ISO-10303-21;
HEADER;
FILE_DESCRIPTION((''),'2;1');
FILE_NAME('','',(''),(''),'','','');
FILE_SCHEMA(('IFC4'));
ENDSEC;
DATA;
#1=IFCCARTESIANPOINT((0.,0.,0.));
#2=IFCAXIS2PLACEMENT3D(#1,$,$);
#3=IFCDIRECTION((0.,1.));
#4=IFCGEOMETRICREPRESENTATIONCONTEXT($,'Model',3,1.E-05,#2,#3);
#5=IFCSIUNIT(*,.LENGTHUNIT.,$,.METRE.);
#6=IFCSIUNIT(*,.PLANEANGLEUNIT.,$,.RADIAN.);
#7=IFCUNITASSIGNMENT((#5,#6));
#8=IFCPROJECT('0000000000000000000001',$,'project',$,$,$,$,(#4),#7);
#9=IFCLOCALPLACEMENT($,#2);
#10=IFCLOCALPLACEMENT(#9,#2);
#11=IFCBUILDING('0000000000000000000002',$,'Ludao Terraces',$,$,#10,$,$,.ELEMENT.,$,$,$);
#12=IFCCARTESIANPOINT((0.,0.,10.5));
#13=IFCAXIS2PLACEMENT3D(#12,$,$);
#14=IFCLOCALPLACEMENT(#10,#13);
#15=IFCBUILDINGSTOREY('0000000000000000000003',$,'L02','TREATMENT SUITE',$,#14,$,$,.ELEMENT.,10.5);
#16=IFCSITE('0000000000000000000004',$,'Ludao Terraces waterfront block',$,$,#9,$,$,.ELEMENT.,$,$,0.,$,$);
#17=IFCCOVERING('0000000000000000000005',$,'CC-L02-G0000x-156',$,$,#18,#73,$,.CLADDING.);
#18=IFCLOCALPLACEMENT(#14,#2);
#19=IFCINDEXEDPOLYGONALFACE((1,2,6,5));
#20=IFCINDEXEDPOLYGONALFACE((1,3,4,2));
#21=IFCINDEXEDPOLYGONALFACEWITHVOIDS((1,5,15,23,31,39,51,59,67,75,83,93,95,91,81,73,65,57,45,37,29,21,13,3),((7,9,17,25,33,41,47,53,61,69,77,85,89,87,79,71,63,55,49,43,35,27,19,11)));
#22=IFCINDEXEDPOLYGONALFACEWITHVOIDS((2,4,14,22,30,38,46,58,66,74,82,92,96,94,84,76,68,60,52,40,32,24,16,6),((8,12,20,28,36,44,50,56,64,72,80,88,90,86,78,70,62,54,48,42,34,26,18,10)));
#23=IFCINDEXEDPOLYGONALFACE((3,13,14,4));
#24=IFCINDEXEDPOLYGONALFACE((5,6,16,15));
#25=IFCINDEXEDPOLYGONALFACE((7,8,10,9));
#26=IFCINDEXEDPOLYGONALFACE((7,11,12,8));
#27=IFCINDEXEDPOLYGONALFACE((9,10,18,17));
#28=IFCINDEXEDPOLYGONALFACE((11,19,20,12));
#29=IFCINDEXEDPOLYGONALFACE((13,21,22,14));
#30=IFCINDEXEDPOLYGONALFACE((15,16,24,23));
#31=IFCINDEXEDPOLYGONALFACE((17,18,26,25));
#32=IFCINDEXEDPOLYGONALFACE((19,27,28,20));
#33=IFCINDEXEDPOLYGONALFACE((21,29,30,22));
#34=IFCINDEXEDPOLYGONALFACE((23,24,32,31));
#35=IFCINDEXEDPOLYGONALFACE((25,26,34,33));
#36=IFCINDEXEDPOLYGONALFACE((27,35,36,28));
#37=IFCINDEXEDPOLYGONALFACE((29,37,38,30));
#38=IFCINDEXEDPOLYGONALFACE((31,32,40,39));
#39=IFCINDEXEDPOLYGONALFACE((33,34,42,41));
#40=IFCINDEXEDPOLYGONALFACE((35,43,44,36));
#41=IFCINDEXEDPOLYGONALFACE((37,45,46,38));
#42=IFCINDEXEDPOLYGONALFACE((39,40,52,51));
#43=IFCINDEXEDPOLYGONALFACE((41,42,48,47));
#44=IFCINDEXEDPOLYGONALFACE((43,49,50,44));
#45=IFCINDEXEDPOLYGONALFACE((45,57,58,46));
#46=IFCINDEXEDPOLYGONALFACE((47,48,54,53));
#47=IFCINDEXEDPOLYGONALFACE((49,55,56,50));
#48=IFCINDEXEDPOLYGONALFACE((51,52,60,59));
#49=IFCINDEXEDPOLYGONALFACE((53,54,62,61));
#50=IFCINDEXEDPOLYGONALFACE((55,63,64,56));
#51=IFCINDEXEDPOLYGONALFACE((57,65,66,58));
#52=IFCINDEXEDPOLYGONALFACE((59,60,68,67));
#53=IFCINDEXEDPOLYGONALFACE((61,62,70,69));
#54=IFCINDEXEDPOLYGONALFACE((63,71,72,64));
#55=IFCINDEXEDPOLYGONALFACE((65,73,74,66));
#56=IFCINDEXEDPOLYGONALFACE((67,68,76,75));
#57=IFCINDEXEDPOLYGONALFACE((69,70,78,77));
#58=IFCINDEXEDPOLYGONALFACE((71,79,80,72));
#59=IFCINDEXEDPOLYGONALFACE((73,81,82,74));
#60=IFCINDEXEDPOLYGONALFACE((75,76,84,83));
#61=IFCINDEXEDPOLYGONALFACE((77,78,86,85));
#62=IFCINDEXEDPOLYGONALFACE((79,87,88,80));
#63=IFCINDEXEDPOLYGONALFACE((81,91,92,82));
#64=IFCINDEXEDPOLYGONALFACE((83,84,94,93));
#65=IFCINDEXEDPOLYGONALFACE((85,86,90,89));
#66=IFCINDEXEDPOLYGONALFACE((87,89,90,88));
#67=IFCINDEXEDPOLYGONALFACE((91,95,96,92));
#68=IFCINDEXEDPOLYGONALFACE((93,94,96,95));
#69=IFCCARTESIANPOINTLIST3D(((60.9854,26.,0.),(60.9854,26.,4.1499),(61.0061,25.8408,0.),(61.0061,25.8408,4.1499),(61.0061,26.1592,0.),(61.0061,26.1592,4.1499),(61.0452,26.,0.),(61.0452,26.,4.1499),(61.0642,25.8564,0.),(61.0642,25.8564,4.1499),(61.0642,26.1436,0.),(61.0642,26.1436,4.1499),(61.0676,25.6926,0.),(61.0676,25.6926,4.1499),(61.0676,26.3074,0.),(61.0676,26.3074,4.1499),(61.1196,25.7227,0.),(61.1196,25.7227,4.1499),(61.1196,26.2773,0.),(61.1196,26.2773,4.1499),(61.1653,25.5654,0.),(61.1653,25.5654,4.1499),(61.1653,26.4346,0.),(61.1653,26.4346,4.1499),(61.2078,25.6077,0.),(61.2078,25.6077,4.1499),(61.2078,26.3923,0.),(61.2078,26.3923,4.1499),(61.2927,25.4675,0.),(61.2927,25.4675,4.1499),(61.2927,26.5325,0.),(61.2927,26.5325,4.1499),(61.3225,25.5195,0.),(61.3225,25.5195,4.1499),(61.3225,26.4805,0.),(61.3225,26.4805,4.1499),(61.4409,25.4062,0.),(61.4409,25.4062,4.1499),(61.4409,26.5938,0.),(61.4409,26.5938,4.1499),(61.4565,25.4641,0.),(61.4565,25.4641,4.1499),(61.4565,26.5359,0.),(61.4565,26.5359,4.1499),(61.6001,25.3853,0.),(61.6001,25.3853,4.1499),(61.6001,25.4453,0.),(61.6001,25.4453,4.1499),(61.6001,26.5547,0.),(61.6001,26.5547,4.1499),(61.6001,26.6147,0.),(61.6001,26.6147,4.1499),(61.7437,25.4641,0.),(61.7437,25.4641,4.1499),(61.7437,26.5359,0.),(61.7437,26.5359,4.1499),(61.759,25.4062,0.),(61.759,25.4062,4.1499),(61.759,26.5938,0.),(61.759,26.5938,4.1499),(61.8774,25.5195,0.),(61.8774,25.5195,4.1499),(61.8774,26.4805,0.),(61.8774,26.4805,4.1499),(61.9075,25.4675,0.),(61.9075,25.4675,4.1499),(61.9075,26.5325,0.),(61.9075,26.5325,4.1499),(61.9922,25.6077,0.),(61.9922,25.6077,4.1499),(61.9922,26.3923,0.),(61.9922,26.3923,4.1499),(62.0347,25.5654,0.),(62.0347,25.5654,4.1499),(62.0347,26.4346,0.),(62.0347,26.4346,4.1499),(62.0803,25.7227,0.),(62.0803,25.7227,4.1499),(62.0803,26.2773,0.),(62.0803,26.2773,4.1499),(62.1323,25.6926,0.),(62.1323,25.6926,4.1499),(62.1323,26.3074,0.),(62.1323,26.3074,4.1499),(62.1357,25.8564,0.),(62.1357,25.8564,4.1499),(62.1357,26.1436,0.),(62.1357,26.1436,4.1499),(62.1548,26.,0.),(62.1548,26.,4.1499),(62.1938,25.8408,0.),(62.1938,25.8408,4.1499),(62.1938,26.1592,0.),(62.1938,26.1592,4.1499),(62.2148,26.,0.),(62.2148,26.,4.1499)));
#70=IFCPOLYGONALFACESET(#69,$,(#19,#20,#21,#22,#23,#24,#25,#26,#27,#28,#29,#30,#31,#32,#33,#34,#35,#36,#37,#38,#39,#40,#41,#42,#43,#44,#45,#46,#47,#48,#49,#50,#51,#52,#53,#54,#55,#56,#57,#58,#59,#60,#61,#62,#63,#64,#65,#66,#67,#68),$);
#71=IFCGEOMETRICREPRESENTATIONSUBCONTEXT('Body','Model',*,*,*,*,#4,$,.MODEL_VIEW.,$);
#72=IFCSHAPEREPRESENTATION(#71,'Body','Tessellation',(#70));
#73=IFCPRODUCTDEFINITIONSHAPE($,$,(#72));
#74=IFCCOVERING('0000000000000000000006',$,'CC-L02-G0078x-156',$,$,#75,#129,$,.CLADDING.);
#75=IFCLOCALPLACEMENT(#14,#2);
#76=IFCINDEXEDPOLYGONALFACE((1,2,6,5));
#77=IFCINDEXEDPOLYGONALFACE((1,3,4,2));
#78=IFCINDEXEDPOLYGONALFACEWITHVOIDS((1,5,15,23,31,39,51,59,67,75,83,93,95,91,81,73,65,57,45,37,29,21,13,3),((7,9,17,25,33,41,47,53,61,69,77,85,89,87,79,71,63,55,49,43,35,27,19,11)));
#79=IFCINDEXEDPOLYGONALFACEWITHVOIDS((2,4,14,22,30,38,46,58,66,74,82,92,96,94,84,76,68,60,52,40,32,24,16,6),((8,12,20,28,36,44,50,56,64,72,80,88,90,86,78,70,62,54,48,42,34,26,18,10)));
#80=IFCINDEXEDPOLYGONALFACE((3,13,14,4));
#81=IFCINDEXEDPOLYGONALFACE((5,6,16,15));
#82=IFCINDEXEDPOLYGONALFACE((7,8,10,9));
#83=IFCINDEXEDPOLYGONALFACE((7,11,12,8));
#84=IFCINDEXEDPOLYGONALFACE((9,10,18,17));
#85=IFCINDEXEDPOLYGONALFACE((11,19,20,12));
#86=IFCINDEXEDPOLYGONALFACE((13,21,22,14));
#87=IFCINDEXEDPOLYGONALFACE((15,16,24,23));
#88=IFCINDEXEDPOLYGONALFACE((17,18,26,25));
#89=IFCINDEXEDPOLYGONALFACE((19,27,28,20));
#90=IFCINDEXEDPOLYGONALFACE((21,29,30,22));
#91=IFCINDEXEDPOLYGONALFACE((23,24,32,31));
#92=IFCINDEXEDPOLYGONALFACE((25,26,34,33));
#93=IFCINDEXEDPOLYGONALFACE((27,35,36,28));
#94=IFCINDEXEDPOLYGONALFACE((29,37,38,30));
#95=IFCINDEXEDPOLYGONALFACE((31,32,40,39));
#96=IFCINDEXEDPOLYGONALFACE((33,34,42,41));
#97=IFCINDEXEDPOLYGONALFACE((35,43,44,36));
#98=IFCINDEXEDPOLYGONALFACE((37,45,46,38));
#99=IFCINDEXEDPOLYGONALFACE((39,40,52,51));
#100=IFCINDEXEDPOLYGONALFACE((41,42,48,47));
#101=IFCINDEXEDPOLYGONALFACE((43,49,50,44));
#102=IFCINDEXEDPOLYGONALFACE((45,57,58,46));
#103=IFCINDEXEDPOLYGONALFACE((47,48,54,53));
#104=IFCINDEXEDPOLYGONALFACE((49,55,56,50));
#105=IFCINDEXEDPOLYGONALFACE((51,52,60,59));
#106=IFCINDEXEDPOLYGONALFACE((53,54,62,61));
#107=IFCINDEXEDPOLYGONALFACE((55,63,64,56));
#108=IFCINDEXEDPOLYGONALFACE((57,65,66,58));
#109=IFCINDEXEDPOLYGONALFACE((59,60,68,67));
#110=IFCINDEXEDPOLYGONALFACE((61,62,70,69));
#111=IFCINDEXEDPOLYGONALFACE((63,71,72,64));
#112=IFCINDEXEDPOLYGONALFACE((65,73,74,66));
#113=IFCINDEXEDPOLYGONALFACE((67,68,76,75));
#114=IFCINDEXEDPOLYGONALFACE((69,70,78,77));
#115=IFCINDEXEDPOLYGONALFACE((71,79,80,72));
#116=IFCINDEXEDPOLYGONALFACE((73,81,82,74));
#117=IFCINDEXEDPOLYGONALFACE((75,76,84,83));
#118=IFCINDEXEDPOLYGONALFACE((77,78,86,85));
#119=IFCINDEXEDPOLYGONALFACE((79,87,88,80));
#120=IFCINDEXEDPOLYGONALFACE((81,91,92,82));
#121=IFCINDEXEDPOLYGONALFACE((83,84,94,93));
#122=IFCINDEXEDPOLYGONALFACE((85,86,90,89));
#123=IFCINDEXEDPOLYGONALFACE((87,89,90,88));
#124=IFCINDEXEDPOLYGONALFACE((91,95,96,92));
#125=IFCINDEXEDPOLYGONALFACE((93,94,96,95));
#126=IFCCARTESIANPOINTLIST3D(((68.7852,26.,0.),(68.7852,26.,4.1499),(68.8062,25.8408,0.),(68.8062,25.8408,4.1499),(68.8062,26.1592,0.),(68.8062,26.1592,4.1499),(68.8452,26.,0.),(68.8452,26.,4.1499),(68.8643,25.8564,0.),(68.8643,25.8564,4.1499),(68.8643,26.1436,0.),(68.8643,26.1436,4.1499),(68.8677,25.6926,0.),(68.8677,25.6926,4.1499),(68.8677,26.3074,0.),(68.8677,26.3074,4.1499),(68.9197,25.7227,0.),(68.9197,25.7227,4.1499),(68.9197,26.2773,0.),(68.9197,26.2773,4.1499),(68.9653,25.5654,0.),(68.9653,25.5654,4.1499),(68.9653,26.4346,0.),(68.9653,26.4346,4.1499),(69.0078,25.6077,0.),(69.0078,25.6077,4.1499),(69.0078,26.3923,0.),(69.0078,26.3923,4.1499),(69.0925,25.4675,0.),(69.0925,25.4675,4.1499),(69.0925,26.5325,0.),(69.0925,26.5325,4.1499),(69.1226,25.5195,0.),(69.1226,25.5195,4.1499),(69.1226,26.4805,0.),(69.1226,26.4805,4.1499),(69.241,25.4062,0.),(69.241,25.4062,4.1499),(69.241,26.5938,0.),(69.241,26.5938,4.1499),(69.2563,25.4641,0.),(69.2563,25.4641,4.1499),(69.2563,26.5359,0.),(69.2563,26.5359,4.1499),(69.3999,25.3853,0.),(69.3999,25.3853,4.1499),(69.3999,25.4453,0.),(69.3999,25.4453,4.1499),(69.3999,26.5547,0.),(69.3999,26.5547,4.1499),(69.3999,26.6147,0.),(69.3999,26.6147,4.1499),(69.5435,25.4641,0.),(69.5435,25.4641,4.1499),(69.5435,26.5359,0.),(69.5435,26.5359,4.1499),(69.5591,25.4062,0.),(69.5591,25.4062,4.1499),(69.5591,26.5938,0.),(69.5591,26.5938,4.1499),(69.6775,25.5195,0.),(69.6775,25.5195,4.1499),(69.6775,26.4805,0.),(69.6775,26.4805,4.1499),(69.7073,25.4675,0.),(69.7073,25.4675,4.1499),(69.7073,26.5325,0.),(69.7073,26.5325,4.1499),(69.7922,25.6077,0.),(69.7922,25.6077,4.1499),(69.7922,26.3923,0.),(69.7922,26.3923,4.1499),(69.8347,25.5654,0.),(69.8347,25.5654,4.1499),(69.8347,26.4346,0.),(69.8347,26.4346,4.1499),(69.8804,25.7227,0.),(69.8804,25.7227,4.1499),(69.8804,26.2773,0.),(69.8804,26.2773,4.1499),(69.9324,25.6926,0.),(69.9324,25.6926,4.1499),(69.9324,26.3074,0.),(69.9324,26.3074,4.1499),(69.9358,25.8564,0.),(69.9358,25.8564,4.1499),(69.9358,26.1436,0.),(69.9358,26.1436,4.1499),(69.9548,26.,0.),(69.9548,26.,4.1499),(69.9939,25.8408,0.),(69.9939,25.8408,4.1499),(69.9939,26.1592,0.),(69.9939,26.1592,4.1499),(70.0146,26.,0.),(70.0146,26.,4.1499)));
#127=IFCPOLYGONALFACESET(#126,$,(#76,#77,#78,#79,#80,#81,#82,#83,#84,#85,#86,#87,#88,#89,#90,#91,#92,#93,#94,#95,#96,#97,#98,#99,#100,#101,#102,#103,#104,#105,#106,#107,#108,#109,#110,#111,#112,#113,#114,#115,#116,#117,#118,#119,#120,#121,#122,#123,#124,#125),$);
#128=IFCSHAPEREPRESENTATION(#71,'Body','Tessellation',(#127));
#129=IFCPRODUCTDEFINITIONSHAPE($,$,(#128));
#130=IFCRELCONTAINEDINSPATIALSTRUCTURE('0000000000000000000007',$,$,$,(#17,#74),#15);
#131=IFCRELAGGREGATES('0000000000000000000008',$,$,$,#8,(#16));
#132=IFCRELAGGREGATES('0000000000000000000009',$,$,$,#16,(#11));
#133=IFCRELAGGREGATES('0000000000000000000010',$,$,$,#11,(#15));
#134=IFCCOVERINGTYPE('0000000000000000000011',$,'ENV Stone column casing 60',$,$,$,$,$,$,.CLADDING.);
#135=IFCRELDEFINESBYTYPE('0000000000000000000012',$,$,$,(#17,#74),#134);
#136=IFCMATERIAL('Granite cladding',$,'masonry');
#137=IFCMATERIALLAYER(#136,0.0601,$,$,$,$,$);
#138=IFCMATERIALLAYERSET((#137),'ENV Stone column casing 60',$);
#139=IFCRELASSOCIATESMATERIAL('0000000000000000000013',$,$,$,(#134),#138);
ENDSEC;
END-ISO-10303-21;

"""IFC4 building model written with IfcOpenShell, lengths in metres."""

from ifc_helpers import new_model, si_unit, direction, frame, origin, place, context, subcontext, project, spatial, polyline, outline, extrude, material, layer, layer_set, type_object, element, save


model = new_model("IFC4")

# Units and contexts
model_context = context("Model", 3, precision=1e-05, world=origin(), true_north=direction((0.0, 1.0)))
body_context = subcontext(model_context, "Body", "Model", "MODEL_VIEW")
ifc_project = project(units=[si_unit("LENGTHUNIT", "METRE"), si_unit("PLANEANGLEUNIT", "RADIAN")], contexts=[model_context])

# Site, building, storey
site_placement = place(None, origin())
site = spatial("IfcSite", under=ifc_project, at=site_placement, Name="Ludao Terraces waterfront block", CompositionType="ELEMENT", RefElevation=0.0)
building_placement = place(site_placement, origin())
building = spatial("IfcBuilding", under=site, at=building_placement, Name="Ludao Terraces", CompositionType="ELEMENT")
storey_placement = place(building_placement, frame((0.0, 0.0, 10.5)))
storey = spatial("IfcBuildingStorey", under=building, at=storey_placement, Name="L02", Description="TREATMENT SUITE", CompositionType="ELEMENT", Elevation=10.5)

# Coverings
ifc_material_1 = material(Name="Granite cladding", Category="masonry")
ifc_layer_1 = layer(ifc_material_1, 0.0601)
ifc_layer_set_1 = layer_set([ifc_layer_1], Name="ENV Stone column casing 60")
covering_type = type_object("IfcCoveringType", Name="ENV Stone column casing 60", PredefinedType="CLADDING", material=ifc_layer_set_1)
covering_1_placement = place(storey_placement, origin())
element("IfcCovering", 1, at=covering_1_placement, inside=storey, type_object=covering_type, Name="CC-L02-G0000x-156", PredefinedType="CLADDING", context=body_context, shape_type="SweptSolid", body=[
    extrude(outline(polyline([(62.2148, 26.0), (62.1938, 26.1592), (62.1323, 26.3074), (62.0347, 26.4346), (61.9075, 26.5325), (61.759, 26.5938), (61.6001, 26.6147), (61.4409, 26.5938), (61.2927, 26.5325), (61.1653, 26.4346), (61.0676, 26.3074), (61.0061, 26.1592), (60.9854, 26.0), (61.0061, 25.8408), (61.0676, 25.6926), (61.1653, 25.5654), (61.2927, 25.4675), (61.4409, 25.4062), (61.6001, 25.3853), (61.759, 25.4062), (61.9075, 25.4675), (62.0347, 25.5654), (62.1323, 25.6926), (62.1938, 25.8408), (62.2148, 26.0)]), holes=[polyline([(62.1357, 25.8564), (62.0803, 25.7227), (61.9922, 25.6077), (61.8774, 25.5195), (61.7437, 25.4641), (61.6001, 25.4453), (61.4565, 25.4641), (61.3225, 25.5195), (61.2078, 25.6077), (61.1196, 25.7227), (61.0642, 25.8564), (61.0452, 26.0), (61.0642, 26.1436), (61.1196, 26.2773), (61.2078, 26.3923), (61.3225, 26.4805), (61.4565, 26.5359), (61.6001, 26.5547), (61.7437, 26.5359), (61.8774, 26.4805), (61.9922, 26.3923), (62.0803, 26.2773), (62.1357, 26.1436), (62.1548, 26.0), (62.1357, 25.8564)])]), origin(), (0.0, 0.0, 1.0), 4.1499),
])
covering_2_placement = place(storey_placement, origin())
element("IfcCovering", 2, at=covering_2_placement, inside=storey, type_object=covering_type, Name="CC-L02-G0078x-156", PredefinedType="CLADDING", context=body_context, shape_type="SweptSolid", body=[
    extrude(outline(polyline([(70.0146, 26.0), (69.9939, 26.1592), (69.9324, 26.3074), (69.8347, 26.4346), (69.7073, 26.5325), (69.5591, 26.5938), (69.3999, 26.6147), (69.241, 26.5938), (69.0925, 26.5325), (68.9653, 26.4346), (68.8677, 26.3074), (68.8062, 26.1592), (68.7852, 26.0), (68.8062, 25.8408), (68.8677, 25.6926), (68.9653, 25.5654), (69.0925, 25.4675), (69.241, 25.4062), (69.3999, 25.3853), (69.5591, 25.4062), (69.7073, 25.4675), (69.8347, 25.5654), (69.9324, 25.6926), (69.9939, 25.8408), (70.0146, 26.0)]), holes=[polyline([(69.9358, 25.8564), (69.8804, 25.7227), (69.7922, 25.6077), (69.6775, 25.5195), (69.5435, 25.4641), (69.3999, 25.4453), (69.2563, 25.4641), (69.1226, 25.5195), (69.0078, 25.6077), (68.9197, 25.7227), (68.8643, 25.8564), (68.8452, 26.0), (68.8643, 26.1436), (68.9197, 26.2773), (69.0078, 26.3923), (69.1226, 26.4805), (69.2563, 26.5359), (69.3999, 26.5547), (69.5435, 26.5359), (69.6775, 26.4805), (69.7922, 26.3923), (69.8804, 26.2773), (69.9358, 26.1436), (69.9548, 26.0), (69.9358, 25.8564)])]), origin(), (0.0, 0.0, 1.0), 4.1499),
])

save(model, "model.ifc")
